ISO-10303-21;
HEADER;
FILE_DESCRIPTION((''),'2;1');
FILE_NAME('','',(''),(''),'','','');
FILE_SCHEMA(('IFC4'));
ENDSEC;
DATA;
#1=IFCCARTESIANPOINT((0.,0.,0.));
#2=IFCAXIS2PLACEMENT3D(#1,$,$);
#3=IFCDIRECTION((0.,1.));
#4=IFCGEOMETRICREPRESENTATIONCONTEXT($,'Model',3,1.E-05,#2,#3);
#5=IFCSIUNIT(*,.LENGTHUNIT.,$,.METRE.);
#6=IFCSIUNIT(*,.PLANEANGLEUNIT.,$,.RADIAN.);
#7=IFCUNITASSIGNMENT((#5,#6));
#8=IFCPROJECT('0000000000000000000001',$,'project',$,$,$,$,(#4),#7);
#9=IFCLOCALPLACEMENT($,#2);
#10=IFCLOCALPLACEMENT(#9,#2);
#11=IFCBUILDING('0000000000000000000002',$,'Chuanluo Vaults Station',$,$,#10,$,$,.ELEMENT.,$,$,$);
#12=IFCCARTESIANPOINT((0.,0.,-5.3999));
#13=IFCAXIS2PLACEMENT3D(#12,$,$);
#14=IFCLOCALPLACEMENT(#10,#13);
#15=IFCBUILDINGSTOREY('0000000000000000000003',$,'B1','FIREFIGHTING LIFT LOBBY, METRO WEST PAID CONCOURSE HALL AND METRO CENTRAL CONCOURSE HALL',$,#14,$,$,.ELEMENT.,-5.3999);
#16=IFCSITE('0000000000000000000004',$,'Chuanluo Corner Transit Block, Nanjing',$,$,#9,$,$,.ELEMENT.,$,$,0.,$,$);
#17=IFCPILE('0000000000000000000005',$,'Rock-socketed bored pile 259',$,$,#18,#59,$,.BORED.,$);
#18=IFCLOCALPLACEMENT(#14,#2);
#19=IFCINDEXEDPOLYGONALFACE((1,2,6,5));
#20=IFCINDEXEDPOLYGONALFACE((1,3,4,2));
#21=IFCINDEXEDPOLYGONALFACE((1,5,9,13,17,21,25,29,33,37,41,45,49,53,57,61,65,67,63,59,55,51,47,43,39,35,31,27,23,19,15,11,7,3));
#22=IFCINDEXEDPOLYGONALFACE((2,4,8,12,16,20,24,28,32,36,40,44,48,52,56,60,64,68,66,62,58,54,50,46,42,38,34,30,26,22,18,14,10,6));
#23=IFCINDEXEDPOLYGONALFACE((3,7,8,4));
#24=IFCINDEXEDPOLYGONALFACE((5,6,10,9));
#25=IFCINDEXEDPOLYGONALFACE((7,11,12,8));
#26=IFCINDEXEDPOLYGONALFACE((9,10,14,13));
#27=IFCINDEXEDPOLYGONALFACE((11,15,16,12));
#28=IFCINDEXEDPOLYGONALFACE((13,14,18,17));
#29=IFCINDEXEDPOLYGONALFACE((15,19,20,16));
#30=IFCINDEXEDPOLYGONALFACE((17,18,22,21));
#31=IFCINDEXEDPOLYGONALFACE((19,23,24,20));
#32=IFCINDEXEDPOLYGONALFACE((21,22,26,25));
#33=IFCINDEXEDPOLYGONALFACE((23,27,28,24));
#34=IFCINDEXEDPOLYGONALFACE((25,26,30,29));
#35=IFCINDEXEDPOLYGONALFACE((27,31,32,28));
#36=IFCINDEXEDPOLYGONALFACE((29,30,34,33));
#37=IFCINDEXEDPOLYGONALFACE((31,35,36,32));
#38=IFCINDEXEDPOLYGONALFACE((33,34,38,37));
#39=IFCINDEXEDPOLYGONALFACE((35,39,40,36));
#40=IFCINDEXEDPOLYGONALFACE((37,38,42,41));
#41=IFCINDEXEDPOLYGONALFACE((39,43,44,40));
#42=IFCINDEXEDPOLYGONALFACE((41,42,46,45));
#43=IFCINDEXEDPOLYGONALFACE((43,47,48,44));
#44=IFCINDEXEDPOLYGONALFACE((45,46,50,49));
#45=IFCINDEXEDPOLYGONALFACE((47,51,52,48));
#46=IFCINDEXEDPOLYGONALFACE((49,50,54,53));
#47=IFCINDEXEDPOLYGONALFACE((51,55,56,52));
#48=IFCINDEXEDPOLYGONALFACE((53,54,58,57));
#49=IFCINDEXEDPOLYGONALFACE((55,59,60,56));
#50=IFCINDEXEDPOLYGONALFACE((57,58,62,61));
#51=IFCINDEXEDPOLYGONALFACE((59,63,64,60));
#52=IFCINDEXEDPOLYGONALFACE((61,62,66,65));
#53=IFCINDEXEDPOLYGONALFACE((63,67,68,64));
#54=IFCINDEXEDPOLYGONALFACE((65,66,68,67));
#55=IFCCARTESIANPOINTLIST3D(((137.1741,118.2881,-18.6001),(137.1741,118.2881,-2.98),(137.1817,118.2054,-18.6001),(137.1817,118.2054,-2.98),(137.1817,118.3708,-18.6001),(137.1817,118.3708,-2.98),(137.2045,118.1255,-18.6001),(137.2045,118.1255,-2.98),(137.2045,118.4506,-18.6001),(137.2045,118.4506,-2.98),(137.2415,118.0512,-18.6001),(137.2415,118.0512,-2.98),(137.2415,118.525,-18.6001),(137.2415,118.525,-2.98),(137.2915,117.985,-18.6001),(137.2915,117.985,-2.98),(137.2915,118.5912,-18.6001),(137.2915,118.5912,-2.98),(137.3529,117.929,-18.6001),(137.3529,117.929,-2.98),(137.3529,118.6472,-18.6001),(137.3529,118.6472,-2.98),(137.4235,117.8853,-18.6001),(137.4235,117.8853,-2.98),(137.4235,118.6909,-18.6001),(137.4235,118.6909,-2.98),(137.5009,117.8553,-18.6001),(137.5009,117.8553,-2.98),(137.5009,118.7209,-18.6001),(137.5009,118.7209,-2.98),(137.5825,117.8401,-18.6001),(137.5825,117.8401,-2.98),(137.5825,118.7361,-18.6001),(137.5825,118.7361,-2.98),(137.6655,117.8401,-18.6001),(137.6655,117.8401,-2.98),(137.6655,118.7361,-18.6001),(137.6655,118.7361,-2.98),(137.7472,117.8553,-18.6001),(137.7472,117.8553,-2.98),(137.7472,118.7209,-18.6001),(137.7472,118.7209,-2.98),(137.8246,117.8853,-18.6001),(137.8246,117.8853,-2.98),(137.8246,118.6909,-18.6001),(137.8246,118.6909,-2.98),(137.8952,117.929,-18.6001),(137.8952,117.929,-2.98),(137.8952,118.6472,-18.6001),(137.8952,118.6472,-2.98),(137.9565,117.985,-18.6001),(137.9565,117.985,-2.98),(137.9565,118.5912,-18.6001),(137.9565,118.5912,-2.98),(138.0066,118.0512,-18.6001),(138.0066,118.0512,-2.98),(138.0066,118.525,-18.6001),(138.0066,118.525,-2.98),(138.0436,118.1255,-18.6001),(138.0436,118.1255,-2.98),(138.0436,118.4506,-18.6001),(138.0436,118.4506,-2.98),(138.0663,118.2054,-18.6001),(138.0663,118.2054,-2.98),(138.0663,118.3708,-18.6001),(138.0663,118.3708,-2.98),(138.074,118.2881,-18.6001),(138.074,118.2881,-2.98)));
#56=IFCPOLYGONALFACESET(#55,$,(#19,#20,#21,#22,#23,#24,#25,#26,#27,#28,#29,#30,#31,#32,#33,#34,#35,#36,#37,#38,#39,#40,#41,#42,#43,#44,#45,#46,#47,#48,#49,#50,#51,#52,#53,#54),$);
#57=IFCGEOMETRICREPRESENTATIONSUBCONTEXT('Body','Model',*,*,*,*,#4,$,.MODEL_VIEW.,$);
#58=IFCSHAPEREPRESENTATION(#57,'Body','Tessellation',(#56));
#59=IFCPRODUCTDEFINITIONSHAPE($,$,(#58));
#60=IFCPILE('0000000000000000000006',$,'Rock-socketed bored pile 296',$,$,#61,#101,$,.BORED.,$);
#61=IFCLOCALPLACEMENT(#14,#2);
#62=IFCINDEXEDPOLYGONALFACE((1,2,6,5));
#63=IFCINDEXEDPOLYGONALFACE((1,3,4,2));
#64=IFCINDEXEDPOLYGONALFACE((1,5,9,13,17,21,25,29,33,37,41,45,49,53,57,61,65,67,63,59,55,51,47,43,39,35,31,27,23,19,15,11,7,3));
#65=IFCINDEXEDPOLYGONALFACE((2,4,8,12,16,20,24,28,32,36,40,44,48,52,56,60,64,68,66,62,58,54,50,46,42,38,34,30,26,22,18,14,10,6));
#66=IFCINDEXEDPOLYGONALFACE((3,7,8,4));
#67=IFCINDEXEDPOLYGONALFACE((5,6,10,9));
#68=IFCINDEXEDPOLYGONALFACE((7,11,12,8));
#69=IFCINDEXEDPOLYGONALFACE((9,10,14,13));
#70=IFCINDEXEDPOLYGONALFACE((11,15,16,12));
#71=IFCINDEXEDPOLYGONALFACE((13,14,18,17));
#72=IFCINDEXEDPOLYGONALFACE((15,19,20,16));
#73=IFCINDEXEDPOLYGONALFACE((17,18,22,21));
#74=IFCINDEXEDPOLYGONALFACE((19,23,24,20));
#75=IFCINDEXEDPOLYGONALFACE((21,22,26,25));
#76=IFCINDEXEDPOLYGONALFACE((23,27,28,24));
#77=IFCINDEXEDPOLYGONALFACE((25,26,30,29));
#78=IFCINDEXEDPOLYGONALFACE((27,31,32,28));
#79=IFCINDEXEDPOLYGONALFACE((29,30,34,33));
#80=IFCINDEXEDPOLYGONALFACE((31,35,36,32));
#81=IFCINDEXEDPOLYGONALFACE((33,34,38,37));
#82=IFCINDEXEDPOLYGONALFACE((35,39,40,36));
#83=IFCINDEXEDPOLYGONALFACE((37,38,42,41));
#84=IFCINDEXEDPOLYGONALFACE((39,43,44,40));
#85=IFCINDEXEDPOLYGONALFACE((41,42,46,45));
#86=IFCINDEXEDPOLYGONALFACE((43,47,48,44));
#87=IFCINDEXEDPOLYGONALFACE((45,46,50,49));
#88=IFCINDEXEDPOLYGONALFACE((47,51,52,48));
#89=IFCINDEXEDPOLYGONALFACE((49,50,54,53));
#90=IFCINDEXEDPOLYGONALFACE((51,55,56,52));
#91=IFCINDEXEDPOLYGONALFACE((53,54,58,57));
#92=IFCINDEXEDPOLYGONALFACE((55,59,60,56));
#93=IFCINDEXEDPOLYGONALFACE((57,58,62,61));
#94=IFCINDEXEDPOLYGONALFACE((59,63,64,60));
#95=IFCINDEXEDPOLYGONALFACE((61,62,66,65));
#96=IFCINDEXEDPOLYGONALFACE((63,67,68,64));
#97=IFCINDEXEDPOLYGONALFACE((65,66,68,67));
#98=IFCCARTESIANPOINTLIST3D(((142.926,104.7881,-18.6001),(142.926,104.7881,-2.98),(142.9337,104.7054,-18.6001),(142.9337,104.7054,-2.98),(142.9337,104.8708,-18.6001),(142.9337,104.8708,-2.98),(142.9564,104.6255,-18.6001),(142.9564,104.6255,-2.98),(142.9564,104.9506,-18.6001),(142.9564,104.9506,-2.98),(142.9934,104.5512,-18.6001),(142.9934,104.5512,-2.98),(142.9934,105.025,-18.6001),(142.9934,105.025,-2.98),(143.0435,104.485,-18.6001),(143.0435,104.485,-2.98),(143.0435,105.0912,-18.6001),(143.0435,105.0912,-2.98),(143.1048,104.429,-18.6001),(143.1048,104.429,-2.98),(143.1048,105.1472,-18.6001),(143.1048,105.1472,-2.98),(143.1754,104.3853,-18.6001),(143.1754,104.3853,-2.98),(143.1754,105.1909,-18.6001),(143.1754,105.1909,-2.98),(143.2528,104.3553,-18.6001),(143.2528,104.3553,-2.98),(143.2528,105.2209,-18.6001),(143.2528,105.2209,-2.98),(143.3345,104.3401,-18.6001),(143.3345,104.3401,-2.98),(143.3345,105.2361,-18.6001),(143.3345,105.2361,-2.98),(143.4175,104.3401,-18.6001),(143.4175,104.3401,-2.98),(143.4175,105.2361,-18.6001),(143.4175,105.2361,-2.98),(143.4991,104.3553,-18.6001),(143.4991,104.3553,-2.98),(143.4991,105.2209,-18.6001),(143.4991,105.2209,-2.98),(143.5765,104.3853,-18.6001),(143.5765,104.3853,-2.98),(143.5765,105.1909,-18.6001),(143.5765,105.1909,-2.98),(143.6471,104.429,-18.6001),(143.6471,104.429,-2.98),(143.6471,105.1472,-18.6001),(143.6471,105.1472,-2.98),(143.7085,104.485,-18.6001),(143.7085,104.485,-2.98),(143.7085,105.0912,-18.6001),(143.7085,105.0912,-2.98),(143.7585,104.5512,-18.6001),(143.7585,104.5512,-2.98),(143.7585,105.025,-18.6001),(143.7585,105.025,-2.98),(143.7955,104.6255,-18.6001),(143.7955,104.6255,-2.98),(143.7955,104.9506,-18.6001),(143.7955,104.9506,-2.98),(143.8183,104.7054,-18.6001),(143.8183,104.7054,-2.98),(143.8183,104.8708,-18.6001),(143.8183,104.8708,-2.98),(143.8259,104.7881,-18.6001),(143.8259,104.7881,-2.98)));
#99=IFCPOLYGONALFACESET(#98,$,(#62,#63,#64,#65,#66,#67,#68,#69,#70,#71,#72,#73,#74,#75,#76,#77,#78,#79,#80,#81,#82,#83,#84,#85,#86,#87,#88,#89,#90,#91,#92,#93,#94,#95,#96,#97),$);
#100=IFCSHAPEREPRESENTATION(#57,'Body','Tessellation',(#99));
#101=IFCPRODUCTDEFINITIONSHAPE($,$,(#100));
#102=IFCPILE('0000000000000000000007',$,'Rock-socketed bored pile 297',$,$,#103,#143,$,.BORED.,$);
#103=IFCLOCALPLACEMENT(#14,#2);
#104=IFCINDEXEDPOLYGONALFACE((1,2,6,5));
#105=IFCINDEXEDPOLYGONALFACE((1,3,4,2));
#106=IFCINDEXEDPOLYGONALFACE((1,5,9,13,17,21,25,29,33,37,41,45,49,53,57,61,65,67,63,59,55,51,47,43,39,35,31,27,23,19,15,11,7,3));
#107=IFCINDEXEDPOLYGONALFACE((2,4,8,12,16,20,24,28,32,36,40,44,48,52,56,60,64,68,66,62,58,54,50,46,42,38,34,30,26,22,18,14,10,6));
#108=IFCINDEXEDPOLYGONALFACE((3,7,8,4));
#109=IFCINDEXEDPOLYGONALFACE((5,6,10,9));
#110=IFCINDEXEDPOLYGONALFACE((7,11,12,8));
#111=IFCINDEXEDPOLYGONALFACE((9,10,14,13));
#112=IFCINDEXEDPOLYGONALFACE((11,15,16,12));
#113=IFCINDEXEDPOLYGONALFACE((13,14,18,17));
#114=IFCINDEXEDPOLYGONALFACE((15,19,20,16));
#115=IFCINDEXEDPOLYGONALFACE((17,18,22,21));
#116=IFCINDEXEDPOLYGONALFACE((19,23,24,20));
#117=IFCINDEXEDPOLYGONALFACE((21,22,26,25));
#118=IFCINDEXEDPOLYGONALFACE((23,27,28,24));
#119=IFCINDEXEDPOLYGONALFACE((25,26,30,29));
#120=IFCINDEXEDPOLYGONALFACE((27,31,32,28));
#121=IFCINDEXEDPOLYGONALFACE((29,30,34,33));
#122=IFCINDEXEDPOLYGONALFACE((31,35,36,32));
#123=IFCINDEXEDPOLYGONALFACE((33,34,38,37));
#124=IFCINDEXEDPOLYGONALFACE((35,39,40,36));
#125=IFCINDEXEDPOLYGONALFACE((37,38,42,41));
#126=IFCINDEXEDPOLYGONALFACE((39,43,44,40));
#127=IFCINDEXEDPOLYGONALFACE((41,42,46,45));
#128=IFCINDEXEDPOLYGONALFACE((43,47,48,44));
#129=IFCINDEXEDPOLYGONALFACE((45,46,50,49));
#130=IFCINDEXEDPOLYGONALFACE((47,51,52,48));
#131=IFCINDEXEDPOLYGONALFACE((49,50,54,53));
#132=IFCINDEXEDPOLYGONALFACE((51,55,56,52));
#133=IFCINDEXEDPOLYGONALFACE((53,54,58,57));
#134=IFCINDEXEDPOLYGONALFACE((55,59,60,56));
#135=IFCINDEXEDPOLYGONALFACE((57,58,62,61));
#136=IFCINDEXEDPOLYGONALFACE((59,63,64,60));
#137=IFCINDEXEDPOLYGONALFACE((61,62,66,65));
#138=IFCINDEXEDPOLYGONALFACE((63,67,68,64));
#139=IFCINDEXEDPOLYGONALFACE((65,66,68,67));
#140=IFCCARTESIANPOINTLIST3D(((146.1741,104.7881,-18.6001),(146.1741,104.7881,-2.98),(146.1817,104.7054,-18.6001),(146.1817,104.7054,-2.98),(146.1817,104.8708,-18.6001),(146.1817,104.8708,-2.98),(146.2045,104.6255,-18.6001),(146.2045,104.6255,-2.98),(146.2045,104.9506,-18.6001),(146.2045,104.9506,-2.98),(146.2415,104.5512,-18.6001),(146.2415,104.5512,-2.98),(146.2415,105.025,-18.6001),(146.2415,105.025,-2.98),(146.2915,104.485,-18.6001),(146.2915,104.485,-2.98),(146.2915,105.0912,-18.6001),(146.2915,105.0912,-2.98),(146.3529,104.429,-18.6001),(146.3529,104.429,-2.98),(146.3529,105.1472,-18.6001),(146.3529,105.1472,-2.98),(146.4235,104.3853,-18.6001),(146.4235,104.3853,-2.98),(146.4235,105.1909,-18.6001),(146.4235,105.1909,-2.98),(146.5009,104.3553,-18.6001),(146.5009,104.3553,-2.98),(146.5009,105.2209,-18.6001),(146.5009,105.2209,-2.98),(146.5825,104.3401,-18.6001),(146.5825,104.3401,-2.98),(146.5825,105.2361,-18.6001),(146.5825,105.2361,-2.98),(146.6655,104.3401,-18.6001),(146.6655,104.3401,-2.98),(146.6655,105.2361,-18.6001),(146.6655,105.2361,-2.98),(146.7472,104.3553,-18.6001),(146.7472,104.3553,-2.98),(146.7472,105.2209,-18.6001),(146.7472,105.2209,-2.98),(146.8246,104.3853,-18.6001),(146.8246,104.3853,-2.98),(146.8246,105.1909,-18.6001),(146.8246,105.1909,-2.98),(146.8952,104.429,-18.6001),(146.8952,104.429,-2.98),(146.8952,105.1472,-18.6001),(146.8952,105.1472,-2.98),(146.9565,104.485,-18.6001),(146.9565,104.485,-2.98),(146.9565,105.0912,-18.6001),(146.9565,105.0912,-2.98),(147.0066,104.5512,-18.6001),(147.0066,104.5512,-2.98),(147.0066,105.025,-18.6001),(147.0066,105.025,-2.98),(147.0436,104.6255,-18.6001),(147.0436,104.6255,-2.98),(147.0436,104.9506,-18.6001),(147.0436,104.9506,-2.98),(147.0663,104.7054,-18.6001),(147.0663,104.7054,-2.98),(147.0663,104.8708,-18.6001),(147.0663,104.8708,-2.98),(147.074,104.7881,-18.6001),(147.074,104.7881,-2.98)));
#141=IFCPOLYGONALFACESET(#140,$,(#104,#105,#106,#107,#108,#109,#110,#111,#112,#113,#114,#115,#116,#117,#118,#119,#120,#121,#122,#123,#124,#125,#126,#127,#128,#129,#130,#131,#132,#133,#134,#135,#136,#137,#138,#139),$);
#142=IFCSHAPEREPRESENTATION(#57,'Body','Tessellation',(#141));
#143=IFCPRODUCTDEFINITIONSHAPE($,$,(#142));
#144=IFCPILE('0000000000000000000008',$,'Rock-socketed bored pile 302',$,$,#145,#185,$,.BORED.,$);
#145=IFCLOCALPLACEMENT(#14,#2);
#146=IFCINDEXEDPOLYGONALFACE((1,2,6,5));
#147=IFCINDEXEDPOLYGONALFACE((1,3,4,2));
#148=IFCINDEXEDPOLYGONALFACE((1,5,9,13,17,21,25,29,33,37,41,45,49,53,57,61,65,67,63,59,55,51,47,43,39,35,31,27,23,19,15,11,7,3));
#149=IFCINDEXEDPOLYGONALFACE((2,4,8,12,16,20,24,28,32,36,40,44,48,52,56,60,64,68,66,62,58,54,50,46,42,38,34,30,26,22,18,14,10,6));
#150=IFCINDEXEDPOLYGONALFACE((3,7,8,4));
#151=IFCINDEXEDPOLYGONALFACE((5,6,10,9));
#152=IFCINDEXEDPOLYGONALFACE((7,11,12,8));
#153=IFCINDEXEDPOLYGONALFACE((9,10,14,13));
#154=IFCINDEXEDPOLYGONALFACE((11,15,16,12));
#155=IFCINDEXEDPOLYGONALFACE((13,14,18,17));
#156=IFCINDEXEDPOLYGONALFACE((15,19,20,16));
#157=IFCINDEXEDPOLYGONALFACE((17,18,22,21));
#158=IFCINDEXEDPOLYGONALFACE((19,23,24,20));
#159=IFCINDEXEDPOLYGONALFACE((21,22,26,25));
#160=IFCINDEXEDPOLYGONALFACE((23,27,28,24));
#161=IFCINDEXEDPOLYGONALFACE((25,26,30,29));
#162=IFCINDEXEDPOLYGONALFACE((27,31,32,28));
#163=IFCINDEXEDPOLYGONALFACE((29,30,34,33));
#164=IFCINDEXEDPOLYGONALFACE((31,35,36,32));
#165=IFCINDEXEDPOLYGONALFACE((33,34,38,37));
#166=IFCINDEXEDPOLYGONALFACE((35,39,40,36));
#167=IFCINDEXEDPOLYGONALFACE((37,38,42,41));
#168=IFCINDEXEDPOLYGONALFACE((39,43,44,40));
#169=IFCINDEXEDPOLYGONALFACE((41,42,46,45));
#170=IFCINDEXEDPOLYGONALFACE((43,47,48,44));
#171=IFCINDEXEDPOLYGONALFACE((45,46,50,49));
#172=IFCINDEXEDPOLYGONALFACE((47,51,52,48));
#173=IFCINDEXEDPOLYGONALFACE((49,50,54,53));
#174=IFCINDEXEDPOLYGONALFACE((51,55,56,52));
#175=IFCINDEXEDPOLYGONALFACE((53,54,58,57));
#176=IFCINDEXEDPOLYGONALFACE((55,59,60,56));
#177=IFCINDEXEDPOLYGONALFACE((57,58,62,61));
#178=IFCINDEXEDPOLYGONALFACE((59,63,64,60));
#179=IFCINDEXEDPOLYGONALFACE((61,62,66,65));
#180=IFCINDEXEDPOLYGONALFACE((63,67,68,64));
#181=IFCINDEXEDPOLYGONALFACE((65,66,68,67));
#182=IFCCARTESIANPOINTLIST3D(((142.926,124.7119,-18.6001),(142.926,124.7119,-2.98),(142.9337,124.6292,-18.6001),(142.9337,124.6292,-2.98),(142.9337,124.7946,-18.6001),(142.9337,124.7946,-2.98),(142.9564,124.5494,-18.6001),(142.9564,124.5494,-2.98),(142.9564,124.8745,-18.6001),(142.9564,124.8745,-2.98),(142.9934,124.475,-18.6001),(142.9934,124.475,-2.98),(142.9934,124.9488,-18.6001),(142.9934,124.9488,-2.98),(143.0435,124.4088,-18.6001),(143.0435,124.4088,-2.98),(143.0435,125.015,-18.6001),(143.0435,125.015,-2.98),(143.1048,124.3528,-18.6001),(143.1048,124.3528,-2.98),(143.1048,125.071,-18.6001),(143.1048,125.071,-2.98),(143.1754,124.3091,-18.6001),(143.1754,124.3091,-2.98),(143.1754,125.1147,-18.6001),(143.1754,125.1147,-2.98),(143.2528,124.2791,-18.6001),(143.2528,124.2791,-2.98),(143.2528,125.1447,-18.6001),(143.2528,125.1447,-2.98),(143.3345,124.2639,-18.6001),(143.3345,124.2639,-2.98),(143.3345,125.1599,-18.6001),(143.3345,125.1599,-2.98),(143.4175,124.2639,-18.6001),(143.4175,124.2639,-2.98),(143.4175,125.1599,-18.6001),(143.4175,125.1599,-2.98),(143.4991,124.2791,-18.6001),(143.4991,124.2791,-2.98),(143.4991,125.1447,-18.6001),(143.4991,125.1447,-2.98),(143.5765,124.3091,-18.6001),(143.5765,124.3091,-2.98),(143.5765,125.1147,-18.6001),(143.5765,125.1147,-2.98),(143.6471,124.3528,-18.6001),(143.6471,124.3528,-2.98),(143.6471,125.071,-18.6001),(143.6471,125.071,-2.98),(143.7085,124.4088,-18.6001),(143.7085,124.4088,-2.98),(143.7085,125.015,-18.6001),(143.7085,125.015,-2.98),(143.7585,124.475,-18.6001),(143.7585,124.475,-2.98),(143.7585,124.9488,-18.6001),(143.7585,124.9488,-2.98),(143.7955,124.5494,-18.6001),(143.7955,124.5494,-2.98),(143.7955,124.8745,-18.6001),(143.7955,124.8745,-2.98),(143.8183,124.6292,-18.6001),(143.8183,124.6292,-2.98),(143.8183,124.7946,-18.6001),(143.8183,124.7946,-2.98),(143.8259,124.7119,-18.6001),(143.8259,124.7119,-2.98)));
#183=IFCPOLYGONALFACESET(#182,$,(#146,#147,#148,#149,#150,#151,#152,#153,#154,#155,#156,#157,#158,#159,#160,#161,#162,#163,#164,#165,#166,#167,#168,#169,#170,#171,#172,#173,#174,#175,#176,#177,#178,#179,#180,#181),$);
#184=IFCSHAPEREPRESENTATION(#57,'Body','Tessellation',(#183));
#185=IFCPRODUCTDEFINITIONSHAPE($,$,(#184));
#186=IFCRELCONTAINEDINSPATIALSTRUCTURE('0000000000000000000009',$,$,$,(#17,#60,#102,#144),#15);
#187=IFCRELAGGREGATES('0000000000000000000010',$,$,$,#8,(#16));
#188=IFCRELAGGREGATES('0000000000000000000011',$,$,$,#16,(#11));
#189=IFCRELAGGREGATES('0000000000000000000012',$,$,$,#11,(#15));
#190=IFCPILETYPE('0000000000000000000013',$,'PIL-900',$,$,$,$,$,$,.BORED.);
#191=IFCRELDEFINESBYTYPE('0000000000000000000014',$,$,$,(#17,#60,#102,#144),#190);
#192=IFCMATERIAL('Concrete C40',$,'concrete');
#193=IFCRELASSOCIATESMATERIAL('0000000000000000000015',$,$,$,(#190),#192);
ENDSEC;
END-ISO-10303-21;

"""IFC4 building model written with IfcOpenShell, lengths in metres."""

from ifc_helpers import new_model, si_unit, direction, frame, origin, origin_2d, place, context, subcontext, project, spatial, circle, extrude, material, material_profile, profile_set, type_object, element, save


model = new_model("IFC4")

# Units and contexts
model_context = context("Model", 3, precision=1e-05, world=origin(), true_north=direction((0.0, 1.0)))
body_context = subcontext(model_context, "Body", "Model", "MODEL_VIEW")
ifc_project = project(units=[si_unit("LENGTHUNIT", "METRE"), si_unit("PLANEANGLEUNIT", "RADIAN")], contexts=[model_context])

# Site, building, storey
site_placement = place(None, origin())
site = spatial("IfcSite", under=ifc_project, at=site_placement, Name="Chuanluo Corner Transit Block, Nanjing", CompositionType="ELEMENT", RefElevation=0.0)
building_placement = place(site_placement, origin())
building = spatial("IfcBuilding", under=site, at=building_placement, Name="Chuanluo Vaults Station", CompositionType="ELEMENT")
storey_placement = place(building_placement, frame((0.0, 0.0, -5.3999)))
storey = spatial("IfcBuildingStorey", under=building, at=storey_placement, Name="B1", Description="FIREFIGHTING LIFT LOBBY, METRO WEST PAID CONCOURSE HALL AND METRO CENTRAL CONCOURSE HALL", CompositionType="ELEMENT", Elevation=-5.3999)

# Piles
ifc_material_1 = material(Name="Concrete C40", Category="concrete")
ifc_material_profile_1 = material_profile(ifc_material_1, circle(Radius=0.45, at=origin_2d()))
ifc_profile_set_1 = profile_set([ifc_material_profile_1], Name="Concrete C40")
pile_type_1 = type_object("IfcPileType", Name="PIL-900", PredefinedType="BORED", material=ifc_profile_set_1)
for number, where, z_axis, x_axis, name in (
    (1, (137.624, 118.2881, -2.98), (0.0, 0.0, -1.0), (1.0, 0.0, 0.0), "Rock-socketed bored pile 259"),
    (2, (143.376, 104.7881, -2.98), (0.0, 0.0, -1.0), (1.0, 0.0, 0.0), "Rock-socketed bored pile 296"),
    (3, (146.624, 104.7881, -2.98), (0.0, 0.0, -1.0), (1.0, 0.0, 0.0), "Rock-socketed bored pile 297"),
    (4, (143.376, 124.7119, -2.98), (0.0, 0.0, -1.0), (1.0, 0.0, 0.0), "Rock-socketed bored pile 302"),
):
    element("IfcPile", number, at=place(storey_placement, frame(where, z_axis=z_axis, x_axis=x_axis)), inside=storey, type_object=pile_type_1, Name=name, PredefinedType="BORED", context=body_context, shape_type="SweptSolid", body=[
        extrude(circle(Radius=0.45, at=origin_2d()), origin(), (0.0, 0.0, 1.0), 15.6201),
    ])

save(model, "model.ifc")
